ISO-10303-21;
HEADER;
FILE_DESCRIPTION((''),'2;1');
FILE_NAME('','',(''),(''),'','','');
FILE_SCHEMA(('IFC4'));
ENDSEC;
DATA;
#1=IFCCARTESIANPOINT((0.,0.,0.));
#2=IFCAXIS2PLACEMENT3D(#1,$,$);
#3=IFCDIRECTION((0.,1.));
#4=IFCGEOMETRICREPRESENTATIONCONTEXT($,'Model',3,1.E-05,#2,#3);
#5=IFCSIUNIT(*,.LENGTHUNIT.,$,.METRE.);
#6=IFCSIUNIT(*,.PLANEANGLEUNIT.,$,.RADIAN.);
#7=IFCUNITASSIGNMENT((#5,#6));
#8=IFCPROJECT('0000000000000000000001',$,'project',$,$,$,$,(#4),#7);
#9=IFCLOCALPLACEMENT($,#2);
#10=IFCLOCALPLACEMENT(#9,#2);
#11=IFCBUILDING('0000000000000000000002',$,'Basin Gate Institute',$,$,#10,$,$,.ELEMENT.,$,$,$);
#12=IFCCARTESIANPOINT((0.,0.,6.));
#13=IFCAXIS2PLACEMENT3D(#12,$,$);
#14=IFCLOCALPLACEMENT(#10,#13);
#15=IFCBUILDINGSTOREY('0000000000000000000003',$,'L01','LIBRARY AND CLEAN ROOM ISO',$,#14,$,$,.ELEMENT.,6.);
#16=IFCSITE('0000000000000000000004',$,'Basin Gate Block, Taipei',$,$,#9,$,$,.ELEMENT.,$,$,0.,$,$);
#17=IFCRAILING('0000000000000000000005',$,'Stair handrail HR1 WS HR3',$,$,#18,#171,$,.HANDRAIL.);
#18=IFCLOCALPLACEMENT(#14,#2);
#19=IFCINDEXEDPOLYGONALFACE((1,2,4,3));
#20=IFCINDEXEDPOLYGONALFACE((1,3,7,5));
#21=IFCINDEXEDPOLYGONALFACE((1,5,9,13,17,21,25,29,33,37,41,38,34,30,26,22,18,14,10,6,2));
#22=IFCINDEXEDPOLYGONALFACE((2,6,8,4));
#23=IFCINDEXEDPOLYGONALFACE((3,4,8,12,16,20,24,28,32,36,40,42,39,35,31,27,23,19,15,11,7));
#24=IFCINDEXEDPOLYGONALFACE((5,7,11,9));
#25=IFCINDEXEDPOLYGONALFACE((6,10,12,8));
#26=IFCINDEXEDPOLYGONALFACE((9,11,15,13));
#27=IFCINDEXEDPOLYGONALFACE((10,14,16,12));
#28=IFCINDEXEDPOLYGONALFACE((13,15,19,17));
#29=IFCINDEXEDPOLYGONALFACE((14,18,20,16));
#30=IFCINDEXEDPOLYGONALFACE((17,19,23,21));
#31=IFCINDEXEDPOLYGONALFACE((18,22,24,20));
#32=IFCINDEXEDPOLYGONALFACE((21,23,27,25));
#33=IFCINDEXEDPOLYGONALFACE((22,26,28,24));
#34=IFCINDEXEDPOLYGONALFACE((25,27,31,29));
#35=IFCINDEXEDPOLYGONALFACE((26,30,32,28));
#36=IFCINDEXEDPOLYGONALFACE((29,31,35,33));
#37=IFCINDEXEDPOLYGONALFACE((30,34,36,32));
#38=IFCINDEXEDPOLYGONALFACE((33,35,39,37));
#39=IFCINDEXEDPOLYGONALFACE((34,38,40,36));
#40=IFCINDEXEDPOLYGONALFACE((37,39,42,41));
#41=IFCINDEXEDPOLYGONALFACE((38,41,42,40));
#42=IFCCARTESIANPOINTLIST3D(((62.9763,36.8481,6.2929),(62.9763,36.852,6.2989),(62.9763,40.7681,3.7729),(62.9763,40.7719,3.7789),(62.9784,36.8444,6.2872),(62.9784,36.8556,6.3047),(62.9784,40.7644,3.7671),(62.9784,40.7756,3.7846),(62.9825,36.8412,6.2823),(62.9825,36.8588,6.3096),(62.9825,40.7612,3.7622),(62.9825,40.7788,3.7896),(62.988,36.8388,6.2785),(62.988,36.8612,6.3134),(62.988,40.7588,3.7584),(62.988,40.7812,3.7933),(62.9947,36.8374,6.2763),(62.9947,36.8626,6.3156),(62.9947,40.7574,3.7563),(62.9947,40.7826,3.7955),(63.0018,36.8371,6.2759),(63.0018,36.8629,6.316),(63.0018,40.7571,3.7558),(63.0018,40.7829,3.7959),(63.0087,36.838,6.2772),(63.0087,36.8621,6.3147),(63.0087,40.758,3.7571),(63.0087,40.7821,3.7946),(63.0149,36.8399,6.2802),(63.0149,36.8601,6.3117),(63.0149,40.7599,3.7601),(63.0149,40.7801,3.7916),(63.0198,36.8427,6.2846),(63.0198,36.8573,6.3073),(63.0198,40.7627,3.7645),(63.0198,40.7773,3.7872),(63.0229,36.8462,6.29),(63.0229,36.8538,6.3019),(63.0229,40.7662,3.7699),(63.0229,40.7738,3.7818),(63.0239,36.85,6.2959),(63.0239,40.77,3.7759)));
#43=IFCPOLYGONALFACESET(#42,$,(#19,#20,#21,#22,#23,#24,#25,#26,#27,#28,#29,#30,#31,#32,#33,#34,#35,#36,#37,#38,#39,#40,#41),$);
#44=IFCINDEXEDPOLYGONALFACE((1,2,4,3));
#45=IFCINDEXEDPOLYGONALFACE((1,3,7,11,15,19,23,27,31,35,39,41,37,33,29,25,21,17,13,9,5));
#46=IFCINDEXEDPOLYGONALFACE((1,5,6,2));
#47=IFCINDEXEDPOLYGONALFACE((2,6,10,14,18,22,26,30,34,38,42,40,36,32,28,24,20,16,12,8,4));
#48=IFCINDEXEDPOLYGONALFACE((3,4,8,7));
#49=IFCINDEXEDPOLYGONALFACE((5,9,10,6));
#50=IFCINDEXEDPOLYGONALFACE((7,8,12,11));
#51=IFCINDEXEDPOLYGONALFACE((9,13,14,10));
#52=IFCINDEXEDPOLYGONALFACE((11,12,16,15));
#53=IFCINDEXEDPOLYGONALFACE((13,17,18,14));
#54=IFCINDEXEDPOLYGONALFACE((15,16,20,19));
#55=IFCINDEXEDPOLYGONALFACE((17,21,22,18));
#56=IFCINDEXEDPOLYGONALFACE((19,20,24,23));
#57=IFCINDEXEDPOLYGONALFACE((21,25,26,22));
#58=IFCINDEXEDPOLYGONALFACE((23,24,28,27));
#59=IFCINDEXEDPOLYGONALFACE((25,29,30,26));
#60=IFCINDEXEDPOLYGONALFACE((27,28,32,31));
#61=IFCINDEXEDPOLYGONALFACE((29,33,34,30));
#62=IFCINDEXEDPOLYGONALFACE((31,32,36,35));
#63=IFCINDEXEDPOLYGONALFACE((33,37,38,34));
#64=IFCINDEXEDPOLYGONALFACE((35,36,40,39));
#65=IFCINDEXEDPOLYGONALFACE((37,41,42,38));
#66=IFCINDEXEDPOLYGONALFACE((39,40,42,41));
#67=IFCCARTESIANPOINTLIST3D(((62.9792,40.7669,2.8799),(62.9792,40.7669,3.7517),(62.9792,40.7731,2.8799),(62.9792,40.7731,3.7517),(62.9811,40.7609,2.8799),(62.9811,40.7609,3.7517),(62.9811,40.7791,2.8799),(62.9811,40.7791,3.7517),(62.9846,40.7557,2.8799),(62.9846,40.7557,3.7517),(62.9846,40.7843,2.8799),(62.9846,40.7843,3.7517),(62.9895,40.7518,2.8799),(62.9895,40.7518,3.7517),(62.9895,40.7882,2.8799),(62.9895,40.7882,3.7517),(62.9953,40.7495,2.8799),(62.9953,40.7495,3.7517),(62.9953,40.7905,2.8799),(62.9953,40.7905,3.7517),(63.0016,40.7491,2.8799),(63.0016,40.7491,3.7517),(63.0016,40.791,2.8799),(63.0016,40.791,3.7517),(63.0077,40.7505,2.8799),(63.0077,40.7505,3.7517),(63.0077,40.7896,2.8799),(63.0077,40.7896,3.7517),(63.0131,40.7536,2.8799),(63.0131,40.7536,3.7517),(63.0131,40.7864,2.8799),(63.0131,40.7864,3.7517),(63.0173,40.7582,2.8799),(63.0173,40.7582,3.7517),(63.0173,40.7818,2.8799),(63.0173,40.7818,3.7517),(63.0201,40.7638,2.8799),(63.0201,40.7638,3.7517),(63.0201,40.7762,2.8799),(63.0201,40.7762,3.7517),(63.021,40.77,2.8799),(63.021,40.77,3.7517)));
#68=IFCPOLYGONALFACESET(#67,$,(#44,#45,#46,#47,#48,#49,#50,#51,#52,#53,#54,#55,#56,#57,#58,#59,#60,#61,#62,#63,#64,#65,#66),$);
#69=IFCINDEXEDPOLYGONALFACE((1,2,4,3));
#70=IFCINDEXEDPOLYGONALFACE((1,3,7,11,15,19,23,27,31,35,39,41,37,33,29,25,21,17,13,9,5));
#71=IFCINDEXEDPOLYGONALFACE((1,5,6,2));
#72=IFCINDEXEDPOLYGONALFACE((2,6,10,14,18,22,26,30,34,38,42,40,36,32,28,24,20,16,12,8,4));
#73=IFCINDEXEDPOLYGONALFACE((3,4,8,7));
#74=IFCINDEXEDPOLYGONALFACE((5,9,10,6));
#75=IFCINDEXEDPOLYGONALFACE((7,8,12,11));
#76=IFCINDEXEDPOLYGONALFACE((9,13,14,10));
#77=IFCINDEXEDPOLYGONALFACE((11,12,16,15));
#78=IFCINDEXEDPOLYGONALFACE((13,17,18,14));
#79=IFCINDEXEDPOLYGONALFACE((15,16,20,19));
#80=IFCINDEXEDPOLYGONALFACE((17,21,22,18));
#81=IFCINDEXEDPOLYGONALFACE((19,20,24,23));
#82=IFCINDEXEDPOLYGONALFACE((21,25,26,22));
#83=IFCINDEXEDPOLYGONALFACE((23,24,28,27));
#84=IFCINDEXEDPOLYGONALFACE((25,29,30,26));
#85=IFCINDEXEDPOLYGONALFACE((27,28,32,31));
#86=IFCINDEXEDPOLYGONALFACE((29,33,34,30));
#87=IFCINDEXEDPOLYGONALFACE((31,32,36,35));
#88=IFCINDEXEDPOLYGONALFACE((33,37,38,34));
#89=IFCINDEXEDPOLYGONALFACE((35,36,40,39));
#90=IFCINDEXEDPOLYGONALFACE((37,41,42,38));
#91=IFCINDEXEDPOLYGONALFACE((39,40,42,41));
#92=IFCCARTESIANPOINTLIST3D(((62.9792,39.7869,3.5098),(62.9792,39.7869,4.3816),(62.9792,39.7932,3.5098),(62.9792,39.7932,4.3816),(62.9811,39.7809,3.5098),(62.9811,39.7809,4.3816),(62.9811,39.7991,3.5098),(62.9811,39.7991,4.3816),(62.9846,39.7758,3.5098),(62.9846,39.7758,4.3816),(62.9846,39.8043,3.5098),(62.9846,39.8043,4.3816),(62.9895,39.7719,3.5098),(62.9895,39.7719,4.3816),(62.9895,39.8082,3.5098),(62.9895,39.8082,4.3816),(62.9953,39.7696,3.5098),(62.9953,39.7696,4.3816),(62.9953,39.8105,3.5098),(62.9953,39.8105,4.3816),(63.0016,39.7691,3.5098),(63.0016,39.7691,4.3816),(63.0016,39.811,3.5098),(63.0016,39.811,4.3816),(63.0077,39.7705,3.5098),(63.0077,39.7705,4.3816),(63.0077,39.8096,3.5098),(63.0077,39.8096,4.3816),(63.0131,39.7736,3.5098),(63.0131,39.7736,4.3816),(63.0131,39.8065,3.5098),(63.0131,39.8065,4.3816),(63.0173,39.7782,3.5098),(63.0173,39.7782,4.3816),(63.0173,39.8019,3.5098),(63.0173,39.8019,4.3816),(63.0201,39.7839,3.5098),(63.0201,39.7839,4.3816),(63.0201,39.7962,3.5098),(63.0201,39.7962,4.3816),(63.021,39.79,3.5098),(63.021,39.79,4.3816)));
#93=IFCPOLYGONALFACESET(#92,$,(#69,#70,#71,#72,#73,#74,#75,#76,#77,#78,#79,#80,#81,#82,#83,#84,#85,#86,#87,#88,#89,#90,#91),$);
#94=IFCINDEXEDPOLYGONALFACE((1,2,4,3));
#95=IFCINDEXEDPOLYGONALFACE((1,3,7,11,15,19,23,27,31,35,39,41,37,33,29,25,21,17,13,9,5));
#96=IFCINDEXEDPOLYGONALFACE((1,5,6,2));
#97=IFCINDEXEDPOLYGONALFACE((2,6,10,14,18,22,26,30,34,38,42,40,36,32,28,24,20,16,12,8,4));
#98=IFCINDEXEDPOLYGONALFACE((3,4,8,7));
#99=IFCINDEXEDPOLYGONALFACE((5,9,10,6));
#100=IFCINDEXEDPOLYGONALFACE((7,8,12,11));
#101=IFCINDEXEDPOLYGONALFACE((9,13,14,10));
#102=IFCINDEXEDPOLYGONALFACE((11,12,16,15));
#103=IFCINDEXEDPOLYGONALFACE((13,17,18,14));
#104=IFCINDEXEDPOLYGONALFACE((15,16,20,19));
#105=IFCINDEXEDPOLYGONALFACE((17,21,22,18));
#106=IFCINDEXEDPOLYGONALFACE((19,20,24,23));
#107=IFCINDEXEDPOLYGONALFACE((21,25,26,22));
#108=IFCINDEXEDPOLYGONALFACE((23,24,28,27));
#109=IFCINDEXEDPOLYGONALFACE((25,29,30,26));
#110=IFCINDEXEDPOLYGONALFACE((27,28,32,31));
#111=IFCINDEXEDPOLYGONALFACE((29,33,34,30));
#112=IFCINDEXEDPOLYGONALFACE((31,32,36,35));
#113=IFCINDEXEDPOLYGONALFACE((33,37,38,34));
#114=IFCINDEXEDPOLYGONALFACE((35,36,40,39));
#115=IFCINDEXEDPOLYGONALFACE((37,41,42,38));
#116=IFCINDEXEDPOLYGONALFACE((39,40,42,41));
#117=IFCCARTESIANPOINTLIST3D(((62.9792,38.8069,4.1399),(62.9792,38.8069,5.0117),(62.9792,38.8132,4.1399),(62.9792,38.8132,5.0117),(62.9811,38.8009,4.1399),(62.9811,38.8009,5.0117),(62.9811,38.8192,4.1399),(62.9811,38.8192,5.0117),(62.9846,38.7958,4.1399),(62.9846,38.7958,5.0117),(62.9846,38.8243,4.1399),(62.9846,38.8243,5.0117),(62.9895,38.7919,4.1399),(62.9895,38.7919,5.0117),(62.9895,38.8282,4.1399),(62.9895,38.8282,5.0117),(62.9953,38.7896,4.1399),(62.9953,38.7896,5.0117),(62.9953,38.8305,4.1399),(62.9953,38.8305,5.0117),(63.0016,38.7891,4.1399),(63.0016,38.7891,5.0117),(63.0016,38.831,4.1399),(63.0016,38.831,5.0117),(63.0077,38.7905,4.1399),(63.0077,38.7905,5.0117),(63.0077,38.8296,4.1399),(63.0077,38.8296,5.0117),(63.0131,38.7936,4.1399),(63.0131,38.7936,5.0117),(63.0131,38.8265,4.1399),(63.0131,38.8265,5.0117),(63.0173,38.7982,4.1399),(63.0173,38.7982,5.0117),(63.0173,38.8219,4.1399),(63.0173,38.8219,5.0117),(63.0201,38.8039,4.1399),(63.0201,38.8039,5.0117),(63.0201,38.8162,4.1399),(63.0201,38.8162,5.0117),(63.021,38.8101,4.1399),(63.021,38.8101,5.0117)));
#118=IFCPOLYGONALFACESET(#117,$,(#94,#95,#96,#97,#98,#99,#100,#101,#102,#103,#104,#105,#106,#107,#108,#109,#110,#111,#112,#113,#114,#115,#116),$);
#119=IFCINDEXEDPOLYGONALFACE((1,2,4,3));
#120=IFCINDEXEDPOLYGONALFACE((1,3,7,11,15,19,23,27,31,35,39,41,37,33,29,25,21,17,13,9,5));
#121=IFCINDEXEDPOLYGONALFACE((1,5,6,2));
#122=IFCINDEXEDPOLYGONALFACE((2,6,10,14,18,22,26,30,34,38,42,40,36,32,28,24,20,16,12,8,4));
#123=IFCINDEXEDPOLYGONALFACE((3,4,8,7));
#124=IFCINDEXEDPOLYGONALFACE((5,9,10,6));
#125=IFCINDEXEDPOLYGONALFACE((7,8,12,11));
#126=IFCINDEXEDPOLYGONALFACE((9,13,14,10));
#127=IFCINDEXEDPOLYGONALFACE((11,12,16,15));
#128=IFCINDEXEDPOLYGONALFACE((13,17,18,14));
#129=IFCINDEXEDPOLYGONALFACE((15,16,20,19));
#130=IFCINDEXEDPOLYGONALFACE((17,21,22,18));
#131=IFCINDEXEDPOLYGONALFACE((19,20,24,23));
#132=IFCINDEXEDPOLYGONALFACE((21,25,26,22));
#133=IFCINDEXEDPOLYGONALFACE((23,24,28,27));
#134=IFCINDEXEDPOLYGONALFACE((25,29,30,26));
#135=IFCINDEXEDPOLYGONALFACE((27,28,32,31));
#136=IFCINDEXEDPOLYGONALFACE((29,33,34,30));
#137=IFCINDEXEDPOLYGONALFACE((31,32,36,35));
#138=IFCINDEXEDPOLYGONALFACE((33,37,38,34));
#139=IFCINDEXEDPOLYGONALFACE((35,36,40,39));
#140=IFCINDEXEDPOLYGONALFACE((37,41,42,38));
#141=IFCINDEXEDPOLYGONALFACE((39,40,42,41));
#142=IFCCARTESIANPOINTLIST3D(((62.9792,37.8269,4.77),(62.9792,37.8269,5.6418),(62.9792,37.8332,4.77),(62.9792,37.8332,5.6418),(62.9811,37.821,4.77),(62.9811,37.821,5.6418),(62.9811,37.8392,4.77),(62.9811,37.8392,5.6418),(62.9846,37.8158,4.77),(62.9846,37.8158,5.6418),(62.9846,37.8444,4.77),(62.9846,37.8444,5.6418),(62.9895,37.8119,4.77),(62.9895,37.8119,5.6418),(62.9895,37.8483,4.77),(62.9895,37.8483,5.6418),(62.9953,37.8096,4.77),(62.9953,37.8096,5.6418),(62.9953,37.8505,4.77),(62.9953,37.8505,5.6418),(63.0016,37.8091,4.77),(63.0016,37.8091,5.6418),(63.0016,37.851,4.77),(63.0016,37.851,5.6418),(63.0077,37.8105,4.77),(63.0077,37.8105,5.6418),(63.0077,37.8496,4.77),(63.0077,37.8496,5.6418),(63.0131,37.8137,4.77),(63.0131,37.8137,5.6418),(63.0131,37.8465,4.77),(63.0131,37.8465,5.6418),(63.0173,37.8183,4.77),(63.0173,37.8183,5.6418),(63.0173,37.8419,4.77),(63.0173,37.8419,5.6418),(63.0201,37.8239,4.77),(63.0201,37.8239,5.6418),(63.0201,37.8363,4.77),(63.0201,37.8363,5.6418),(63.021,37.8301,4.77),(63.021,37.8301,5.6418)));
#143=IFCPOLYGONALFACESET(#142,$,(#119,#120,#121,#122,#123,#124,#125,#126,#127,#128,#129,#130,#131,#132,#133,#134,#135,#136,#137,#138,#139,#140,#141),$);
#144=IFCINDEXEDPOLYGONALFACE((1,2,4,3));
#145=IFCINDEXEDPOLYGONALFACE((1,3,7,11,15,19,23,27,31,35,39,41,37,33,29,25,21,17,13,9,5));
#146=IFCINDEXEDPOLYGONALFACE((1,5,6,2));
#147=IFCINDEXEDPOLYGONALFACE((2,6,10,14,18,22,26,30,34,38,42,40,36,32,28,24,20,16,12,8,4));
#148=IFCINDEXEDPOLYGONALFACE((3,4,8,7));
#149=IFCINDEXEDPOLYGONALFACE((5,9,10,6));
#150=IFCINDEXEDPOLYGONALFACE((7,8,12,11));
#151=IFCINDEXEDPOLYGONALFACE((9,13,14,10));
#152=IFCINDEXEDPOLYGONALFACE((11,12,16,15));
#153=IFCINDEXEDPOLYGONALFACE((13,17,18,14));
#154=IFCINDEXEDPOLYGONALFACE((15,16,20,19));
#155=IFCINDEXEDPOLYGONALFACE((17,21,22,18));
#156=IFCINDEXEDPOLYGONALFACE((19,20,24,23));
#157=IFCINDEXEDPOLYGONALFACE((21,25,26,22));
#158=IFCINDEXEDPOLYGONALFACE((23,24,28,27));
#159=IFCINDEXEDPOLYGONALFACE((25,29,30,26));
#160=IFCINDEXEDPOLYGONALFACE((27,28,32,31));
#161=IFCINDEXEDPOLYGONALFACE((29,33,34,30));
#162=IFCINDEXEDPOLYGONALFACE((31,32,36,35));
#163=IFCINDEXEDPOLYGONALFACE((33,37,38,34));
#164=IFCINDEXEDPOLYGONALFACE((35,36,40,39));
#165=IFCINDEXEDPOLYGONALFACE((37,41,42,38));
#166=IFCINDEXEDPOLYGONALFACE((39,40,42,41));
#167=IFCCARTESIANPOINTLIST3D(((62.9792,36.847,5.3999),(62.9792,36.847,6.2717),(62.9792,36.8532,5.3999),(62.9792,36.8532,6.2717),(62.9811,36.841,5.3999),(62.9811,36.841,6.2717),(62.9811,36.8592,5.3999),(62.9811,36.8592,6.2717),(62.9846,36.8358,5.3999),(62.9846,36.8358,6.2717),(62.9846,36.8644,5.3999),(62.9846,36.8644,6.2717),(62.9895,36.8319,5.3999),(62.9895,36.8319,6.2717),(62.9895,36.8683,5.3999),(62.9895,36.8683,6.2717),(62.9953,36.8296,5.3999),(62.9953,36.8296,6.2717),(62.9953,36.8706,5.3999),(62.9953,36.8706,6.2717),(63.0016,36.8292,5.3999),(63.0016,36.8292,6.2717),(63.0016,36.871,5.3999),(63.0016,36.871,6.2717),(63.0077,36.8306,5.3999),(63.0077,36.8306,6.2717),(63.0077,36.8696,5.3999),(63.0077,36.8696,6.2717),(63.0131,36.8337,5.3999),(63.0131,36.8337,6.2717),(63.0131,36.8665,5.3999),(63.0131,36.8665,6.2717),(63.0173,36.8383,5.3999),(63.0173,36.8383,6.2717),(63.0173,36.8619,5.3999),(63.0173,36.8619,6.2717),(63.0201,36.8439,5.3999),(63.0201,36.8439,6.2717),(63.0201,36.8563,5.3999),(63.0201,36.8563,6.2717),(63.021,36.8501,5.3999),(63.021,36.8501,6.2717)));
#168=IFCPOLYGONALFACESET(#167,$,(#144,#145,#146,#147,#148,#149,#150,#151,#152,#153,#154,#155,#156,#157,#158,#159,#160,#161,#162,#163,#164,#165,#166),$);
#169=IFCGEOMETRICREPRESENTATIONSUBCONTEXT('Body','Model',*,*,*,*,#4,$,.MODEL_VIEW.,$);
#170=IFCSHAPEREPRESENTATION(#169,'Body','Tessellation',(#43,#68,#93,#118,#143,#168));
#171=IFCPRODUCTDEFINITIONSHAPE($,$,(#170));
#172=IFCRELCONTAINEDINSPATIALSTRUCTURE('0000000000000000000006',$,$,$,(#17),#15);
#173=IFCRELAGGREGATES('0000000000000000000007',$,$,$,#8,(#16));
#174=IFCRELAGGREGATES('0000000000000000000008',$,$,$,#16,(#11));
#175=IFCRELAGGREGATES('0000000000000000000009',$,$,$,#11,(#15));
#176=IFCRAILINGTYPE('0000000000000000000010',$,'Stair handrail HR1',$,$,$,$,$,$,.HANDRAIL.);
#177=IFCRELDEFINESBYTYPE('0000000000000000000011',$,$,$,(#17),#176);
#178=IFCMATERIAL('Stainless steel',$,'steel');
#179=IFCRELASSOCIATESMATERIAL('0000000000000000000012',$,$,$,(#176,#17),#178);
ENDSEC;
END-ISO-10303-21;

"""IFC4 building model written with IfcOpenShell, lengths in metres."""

from ifc_helpers import new_model, si_unit, direction, frame, origin, origin_2d, place, context, subcontext, project, spatial, circle, extrude, material, type_object, element, save


model = new_model("IFC4")

# Units and contexts
model_context = context("Model", 3, precision=1e-05, world=origin(), true_north=direction((0.0, 1.0)))
body_context = subcontext(model_context, "Body", "Model", "MODEL_VIEW")
ifc_project = project(units=[si_unit("LENGTHUNIT", "METRE"), si_unit("PLANEANGLEUNIT", "RADIAN")], contexts=[model_context])

# Site, building, storey
site_placement = place(None, origin())
site = spatial("IfcSite", under=ifc_project, at=site_placement, Name="Basin Gate Block, Taipei", CompositionType="ELEMENT", RefElevation=0.0)
building_placement = place(site_placement, origin())
building = spatial("IfcBuilding", under=site, at=building_placement, Name="Basin Gate Institute", CompositionType="ELEMENT")
storey_placement = place(building_placement, frame((0.0, 0.0, 6.0)))
storey = spatial("IfcBuildingStorey", under=building, at=storey_placement, Name="L01", Description="LIBRARY AND CLEAN ROOM ISO", CompositionType="ELEMENT", Elevation=6.0)

# Railing
ifc_material_1 = material(Name="Stainless steel", Category="steel")
railing_type_1 = type_object("IfcRailingType", Name="Stair handrail HR1", PredefinedType="HANDRAIL", material=ifc_material_1)
railing_1_placement = place(storey_placement, frame((63.0, 40.77, 2.8799)))
element("IfcRailing", 1, at=railing_1_placement, inside=storey, type_object=railing_type_1, material=ifc_material_1, Name="Stair handrail HR1 WS HR3", PredefinedType="HANDRAIL", context=body_context, shape_type="SweptSolid", body=[
    extrude(circle(Radius=0.0239, at=origin_2d()), frame((0.0, 0.0, 0.896), z_axis=(0.0, -0.841172, 0.540768), x_axis=(1.0, 0.0, 0.0)), (0.0, 0.0, 1.0), 4.6602),
    extrude(circle(Radius=0.021, at=origin_2d()), origin(), (0.0, 0.0, 1.0), 0.8718),
    extrude(circle(Radius=0.021, at=origin_2d()), frame((0.0, -0.98, 0.6299)), (0.0, 0.0, 1.0), 0.8718),
    extrude(circle(Radius=0.021, at=origin_2d()), frame((0.0, -1.96, 1.26)), (0.0, 0.0, 1.0), 0.8718),
    extrude(circle(Radius=0.021, at=origin_2d()), frame((0.0, -2.9399, 1.8901)), (0.0, 0.0, 1.0), 0.8718),
    extrude(circle(Radius=0.021, at=origin_2d()), frame((0.0, -3.9199, 2.52)), (0.0, 0.0, 1.0), 0.8718),
])

save(model, "model.ifc")
